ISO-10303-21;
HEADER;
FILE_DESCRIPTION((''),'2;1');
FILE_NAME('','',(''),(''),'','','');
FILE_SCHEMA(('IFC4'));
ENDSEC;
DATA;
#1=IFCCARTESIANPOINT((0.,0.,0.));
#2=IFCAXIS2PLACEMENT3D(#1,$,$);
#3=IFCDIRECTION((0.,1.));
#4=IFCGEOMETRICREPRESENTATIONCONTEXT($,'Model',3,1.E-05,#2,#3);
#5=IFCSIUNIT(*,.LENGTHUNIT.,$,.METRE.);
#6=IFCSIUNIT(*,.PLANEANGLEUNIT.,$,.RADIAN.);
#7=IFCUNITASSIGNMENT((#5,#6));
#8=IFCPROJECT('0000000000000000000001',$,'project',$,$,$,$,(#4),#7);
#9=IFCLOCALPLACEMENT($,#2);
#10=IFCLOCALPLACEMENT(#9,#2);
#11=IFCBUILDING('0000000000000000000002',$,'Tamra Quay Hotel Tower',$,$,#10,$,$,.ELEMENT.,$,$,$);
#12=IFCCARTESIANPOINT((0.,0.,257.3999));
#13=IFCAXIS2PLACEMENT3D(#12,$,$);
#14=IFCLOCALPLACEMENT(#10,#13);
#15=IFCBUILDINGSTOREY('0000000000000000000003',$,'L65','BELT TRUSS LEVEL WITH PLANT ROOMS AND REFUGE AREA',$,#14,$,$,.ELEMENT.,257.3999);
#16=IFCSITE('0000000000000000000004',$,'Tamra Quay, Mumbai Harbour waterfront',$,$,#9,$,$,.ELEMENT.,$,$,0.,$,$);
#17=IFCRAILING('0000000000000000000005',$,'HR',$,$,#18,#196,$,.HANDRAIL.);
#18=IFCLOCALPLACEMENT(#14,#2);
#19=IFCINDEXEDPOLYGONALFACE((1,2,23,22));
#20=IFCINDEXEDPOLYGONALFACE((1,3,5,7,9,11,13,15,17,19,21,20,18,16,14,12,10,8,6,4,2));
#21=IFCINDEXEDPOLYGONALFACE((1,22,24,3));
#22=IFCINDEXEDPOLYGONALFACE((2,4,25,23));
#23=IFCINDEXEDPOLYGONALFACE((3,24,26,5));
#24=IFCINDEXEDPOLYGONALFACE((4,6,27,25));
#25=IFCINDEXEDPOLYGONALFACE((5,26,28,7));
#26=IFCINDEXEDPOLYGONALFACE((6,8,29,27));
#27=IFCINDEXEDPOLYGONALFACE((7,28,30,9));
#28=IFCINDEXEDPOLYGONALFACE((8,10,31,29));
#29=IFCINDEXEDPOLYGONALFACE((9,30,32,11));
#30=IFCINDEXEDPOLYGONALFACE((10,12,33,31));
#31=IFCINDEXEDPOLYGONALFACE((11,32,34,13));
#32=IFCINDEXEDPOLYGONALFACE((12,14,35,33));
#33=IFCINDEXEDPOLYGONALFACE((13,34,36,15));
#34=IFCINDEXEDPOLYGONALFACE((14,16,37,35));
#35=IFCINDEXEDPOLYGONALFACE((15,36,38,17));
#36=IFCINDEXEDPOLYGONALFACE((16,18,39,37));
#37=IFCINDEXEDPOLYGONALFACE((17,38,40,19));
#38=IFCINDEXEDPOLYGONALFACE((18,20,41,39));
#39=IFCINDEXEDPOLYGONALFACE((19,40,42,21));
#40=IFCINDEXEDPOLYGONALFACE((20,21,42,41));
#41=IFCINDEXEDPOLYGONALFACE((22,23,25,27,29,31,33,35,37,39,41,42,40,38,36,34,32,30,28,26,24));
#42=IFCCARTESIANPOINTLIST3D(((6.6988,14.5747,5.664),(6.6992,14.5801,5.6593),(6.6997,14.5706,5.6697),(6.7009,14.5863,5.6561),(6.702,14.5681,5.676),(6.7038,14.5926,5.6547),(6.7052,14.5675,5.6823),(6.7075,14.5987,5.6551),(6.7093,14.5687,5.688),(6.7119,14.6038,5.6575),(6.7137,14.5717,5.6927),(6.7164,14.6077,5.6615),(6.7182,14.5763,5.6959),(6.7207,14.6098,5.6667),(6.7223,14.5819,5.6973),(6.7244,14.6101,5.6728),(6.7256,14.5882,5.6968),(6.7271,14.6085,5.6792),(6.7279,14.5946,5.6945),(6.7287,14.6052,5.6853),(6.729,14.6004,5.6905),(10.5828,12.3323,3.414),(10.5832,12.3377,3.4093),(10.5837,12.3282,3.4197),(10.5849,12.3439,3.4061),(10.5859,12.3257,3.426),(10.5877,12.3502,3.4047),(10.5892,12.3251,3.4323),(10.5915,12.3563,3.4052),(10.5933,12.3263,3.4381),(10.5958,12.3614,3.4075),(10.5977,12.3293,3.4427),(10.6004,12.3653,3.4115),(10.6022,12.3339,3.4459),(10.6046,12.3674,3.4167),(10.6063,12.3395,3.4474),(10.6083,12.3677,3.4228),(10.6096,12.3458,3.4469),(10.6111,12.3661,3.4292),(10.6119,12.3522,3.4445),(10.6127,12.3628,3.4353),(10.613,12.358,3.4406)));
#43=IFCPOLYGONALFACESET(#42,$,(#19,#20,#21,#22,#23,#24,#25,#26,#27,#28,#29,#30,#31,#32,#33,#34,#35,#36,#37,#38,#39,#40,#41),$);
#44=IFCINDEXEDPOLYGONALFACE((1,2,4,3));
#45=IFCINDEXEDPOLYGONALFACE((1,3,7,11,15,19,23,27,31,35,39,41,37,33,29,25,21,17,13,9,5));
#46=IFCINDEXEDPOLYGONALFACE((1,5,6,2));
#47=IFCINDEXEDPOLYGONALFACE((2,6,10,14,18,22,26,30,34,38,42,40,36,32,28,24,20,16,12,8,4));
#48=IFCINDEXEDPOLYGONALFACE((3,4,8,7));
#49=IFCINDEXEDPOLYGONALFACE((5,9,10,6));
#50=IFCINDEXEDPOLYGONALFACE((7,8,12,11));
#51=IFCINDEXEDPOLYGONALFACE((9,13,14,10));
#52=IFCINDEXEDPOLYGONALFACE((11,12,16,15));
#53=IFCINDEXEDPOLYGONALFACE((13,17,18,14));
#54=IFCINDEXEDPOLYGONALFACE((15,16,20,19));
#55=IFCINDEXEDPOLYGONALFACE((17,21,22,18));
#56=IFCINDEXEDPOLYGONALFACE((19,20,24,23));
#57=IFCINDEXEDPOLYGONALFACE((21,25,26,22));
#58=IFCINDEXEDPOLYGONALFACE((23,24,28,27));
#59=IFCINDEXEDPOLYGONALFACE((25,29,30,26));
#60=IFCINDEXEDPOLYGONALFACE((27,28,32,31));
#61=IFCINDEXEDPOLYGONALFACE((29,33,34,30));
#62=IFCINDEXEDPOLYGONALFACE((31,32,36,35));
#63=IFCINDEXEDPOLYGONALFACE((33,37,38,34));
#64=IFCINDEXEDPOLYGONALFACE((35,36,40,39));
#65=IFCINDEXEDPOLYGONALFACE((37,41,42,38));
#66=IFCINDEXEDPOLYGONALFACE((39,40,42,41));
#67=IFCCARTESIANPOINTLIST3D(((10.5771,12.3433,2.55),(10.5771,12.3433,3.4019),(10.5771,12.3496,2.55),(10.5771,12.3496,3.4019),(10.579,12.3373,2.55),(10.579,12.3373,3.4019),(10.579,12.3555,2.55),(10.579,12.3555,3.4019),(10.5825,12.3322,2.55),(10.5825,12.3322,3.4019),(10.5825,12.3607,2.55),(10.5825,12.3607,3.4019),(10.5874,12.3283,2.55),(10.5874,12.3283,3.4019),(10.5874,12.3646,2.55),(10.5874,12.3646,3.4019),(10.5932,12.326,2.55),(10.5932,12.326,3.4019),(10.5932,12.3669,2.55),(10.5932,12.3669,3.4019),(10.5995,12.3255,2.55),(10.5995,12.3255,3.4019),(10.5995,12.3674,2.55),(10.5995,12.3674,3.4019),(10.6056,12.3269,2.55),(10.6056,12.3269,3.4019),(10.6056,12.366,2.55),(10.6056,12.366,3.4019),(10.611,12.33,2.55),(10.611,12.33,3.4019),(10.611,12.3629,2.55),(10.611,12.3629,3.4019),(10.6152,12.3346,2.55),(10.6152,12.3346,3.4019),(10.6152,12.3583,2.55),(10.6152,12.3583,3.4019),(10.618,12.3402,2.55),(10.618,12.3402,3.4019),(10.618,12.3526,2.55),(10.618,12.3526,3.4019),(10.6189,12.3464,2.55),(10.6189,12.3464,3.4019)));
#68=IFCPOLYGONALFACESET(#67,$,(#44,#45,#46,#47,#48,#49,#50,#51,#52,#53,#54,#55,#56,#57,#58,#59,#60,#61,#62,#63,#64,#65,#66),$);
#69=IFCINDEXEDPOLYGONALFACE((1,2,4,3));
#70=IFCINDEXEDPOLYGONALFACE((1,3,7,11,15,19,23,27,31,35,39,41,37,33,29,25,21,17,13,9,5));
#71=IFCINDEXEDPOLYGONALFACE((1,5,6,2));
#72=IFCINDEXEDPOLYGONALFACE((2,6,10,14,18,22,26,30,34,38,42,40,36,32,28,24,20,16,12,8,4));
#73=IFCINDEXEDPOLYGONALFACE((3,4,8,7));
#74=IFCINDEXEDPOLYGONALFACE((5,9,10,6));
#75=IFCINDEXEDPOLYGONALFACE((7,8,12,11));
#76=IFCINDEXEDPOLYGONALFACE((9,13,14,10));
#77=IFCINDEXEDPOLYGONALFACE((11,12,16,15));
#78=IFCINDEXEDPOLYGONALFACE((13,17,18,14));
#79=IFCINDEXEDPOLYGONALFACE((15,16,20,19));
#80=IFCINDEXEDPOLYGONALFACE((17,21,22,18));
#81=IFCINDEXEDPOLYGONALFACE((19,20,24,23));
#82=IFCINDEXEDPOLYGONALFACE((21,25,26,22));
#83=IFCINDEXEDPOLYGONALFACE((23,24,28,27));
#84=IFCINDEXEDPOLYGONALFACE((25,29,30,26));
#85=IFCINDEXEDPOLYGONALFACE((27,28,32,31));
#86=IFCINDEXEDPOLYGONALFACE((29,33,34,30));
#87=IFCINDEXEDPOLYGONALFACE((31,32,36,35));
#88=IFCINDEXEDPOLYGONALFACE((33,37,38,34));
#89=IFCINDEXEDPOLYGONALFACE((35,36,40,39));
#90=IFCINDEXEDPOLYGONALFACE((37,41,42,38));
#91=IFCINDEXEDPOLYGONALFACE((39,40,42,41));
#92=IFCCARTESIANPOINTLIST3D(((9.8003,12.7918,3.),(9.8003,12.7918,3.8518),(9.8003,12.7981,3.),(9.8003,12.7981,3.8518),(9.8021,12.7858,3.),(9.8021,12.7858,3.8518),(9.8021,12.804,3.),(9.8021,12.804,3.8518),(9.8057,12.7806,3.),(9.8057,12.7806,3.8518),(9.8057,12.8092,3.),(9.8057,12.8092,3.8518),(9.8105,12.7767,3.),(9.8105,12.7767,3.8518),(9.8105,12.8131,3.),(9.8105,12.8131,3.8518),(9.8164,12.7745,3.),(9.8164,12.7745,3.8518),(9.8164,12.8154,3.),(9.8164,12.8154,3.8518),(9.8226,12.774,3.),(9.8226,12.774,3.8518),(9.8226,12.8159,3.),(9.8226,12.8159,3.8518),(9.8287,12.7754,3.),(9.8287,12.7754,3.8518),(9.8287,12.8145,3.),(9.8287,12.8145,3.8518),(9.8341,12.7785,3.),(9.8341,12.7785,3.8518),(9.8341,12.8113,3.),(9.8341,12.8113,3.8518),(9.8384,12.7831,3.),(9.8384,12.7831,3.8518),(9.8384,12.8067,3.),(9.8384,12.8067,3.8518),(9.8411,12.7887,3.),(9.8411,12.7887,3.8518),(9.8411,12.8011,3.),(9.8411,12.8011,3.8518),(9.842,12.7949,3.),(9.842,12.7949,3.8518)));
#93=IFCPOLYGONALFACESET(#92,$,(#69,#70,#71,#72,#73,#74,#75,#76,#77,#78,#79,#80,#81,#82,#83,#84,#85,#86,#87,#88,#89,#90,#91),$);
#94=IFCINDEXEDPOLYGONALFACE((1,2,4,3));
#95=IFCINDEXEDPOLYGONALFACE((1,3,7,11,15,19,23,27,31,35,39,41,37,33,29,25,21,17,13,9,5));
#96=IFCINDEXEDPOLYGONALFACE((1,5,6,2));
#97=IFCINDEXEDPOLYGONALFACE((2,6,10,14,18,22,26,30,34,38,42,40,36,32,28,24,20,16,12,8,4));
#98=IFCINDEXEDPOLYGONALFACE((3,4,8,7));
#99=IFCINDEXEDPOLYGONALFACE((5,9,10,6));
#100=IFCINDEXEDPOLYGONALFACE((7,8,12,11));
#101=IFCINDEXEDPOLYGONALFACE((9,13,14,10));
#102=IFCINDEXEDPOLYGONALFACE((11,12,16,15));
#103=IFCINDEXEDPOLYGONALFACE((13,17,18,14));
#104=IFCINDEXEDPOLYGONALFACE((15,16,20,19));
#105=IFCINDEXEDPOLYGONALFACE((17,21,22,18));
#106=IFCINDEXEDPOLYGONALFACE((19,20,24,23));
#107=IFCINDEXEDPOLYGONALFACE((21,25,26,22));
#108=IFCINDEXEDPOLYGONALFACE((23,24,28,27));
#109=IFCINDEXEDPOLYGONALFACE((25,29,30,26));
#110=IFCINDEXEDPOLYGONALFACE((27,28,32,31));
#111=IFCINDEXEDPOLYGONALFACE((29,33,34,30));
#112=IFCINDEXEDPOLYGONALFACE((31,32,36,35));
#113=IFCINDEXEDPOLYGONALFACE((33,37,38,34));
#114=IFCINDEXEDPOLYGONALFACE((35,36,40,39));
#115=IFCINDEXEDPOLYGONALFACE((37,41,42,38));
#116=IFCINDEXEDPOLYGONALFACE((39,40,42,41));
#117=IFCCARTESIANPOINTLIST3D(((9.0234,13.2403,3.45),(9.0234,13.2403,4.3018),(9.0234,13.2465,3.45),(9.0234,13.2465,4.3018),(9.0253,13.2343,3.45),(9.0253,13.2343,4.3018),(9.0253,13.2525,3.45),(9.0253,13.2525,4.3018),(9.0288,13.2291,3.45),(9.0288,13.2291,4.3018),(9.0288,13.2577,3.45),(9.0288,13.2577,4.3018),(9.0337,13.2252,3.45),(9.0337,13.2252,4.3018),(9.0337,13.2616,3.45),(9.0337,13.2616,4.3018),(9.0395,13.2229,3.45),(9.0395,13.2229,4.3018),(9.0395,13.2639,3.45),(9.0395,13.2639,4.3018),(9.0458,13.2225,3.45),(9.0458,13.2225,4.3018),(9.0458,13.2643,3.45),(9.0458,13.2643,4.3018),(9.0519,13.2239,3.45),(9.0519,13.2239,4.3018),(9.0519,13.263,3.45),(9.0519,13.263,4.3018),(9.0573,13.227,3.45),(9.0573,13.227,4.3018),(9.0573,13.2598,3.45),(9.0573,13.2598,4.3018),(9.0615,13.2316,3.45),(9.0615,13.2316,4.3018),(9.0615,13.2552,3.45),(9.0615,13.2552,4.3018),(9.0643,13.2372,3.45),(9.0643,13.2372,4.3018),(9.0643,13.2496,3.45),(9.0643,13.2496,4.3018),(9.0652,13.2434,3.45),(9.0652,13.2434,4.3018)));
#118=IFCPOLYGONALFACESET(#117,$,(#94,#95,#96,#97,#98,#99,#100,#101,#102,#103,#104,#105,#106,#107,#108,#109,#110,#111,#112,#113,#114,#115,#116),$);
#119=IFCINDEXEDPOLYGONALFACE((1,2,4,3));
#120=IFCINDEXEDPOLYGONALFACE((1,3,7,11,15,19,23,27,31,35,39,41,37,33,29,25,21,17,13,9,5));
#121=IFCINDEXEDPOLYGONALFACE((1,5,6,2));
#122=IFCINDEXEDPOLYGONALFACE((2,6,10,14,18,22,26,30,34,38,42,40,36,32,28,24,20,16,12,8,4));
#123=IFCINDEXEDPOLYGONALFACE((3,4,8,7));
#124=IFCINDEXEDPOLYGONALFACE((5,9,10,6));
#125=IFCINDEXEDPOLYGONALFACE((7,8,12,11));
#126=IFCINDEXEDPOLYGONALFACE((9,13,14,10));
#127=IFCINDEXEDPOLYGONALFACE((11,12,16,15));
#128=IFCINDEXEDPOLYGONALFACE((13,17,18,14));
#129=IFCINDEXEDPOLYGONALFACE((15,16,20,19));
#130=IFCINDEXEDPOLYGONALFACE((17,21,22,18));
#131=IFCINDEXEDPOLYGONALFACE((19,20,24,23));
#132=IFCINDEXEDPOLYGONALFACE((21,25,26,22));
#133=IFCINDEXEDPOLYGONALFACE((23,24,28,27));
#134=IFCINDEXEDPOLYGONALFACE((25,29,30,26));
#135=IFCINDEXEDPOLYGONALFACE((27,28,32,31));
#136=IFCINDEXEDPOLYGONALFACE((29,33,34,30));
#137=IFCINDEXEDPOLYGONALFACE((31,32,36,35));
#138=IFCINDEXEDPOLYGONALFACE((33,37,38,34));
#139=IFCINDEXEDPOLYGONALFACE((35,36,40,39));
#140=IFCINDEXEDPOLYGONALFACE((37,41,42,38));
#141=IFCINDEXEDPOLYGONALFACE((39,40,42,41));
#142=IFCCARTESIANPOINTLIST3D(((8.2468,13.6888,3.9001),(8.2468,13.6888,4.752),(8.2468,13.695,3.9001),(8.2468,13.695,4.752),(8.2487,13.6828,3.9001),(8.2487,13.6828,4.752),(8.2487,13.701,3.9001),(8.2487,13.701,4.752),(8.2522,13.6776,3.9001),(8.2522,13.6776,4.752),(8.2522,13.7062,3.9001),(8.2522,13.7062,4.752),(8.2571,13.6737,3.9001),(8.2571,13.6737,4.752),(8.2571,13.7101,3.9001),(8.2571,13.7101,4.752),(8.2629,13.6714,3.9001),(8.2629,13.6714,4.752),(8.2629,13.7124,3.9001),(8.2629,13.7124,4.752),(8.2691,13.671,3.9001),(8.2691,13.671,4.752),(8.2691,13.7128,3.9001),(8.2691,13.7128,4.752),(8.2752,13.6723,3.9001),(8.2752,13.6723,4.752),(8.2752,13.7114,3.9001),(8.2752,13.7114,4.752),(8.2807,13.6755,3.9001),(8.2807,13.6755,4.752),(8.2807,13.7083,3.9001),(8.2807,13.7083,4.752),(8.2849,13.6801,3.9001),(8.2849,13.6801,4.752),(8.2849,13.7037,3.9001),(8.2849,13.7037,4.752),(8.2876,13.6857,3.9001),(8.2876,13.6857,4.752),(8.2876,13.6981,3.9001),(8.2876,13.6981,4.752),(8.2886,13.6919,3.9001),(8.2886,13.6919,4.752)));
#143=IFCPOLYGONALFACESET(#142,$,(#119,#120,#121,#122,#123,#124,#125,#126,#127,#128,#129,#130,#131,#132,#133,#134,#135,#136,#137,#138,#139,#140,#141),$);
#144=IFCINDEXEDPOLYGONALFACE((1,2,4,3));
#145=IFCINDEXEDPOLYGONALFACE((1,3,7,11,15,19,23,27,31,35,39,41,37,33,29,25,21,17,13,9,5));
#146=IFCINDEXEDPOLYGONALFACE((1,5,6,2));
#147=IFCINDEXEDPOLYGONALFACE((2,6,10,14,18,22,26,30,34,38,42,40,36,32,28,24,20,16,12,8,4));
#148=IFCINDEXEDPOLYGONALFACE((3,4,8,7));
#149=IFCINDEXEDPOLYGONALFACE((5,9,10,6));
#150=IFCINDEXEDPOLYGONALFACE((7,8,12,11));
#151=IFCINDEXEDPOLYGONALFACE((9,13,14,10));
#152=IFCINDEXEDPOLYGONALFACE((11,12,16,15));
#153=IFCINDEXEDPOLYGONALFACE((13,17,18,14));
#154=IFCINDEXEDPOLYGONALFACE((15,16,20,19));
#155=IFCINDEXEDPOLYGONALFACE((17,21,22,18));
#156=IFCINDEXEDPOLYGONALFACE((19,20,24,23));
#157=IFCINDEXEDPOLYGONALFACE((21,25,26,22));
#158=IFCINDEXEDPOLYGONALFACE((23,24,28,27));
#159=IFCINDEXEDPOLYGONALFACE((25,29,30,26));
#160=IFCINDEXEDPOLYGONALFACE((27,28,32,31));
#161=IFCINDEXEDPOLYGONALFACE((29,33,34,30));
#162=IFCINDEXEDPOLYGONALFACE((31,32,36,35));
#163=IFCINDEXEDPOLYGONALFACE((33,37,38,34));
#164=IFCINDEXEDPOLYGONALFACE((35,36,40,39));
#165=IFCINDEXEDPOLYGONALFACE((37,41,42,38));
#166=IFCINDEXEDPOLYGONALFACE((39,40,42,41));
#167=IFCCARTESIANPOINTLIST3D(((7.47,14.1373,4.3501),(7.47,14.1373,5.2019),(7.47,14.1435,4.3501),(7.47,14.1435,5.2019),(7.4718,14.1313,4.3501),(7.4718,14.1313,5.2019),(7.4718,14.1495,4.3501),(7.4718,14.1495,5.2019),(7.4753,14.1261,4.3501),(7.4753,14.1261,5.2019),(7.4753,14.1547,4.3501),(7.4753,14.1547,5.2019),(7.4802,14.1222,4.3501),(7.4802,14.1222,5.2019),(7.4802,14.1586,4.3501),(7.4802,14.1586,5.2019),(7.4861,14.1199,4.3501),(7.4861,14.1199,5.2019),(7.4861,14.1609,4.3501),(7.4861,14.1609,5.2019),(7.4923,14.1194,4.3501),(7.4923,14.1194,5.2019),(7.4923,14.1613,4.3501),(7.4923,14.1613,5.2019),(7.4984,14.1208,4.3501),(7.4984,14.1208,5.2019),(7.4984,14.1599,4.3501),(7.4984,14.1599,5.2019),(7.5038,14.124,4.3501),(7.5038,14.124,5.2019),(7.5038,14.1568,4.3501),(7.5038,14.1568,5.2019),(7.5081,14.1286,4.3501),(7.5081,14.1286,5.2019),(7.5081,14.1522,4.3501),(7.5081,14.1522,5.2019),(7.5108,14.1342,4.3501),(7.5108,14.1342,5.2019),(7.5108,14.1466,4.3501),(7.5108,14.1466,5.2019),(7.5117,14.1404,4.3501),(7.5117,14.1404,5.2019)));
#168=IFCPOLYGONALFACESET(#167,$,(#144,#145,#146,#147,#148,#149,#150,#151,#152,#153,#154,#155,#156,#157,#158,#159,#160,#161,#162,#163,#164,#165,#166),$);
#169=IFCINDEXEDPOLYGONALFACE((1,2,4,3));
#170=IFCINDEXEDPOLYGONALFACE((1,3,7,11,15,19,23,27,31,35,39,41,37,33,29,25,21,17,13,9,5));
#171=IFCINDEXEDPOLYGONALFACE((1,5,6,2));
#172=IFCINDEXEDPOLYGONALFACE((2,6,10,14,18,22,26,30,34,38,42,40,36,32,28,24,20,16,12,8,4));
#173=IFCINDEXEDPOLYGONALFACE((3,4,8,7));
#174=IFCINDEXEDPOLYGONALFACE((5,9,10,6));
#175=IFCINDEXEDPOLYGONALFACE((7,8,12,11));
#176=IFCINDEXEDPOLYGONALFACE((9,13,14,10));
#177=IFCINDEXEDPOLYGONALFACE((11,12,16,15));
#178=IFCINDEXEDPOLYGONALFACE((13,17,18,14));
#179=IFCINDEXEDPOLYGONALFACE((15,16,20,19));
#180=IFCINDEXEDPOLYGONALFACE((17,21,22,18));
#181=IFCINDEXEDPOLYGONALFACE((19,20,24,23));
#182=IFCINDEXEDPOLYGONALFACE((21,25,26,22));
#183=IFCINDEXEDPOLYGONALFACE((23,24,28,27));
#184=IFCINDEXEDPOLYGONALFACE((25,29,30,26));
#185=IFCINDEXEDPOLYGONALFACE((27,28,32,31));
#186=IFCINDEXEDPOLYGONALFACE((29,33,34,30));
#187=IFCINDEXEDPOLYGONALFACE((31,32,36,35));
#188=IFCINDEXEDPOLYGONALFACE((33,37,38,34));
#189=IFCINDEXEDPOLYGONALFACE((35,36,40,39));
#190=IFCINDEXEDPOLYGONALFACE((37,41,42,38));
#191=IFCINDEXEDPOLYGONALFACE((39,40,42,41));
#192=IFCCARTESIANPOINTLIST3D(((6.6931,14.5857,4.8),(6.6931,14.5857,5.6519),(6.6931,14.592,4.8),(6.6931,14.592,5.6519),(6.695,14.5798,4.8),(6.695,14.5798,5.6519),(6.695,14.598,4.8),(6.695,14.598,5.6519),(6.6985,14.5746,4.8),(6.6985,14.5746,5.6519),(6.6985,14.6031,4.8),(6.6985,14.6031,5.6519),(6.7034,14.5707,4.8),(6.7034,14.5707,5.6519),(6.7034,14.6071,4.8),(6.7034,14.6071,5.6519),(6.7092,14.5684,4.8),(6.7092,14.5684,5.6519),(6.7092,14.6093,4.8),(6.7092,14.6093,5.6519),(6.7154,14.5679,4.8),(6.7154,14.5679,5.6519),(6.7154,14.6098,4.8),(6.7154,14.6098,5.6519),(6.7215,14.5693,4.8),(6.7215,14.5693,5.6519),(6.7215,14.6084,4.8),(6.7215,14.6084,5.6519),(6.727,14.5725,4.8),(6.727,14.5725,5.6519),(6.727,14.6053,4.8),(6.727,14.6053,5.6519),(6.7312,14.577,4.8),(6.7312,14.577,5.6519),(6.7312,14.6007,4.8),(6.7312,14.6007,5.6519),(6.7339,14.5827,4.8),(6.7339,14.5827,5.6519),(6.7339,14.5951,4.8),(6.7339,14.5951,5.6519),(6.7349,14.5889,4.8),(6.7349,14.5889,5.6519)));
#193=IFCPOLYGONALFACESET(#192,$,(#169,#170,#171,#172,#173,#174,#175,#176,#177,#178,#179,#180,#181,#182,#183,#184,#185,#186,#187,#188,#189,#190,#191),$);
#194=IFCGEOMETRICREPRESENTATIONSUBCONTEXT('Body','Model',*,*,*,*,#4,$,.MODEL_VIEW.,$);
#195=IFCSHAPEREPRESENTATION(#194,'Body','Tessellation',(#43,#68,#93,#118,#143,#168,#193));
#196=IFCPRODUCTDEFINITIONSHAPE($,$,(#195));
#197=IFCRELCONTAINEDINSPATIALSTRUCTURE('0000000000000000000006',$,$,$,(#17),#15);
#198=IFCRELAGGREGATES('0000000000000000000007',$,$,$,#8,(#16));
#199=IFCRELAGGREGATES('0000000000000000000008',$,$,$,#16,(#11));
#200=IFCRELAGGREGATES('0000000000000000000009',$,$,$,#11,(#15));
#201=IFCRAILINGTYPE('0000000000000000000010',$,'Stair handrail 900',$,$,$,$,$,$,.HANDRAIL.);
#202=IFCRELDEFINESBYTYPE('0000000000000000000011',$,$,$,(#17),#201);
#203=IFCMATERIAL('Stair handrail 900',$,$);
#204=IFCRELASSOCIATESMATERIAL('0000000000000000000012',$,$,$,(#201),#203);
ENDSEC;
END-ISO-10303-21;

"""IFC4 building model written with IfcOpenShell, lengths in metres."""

from ifc_helpers import new_model, si_unit, direction, frame, origin, origin_2d, place, context, subcontext, project, spatial, circle, extrude, material, type_object, element, save


model = new_model("IFC4")

# Units and contexts
model_context = context("Model", 3, precision=1e-05, world=origin(), true_north=direction((0.0, 1.0)))
body_context = subcontext(model_context, "Body", "Model", "MODEL_VIEW")
ifc_project = project(units=[si_unit("LENGTHUNIT", "METRE"), si_unit("PLANEANGLEUNIT", "RADIAN")], contexts=[model_context])

# Site, building, storey
site_placement = place(None, origin())
site = spatial("IfcSite", under=ifc_project, at=site_placement, Name="Tamra Quay, Mumbai Harbour waterfront", CompositionType="ELEMENT", RefElevation=0.0)
building_placement = place(site_placement, origin())
building = spatial("IfcBuilding", under=site, at=building_placement, Name="Tamra Quay Hotel Tower", CompositionType="ELEMENT")
storey_placement = place(building_placement, frame((0.0, 0.0, 257.3999)))
storey = spatial("IfcBuildingStorey", under=building, at=storey_placement, Name="L65", Description="BELT TRUSS LEVEL WITH PLANT ROOMS AND REFUGE AREA", CompositionType="ELEMENT", Elevation=257.3999)

# Railing
ifc_material_1 = material(Name="Stair handrail 900")
railing_type_1 = type_object("IfcRailingType", Name="Stair handrail 900", PredefinedType="HANDRAIL", material=ifc_material_1)
railing_1_placement = place(storey_placement, frame((10.5979, 12.3464, 2.55)))
element("IfcRailing", 1, at=railing_1_placement, inside=storey, type_object=railing_type_1, Name="HR", PredefinedType="HANDRAIL", context=body_context, shape_type="SweptSolid", body=[
    extrude(circle(Radius=0.0239, at=origin_2d()), frame((0.0, 0.0, 0.876), z_axis=(-0.774076, 0.44691, 0.448418), x_axis=(-0.499997, -0.866027, 0.0)), (0.0, 0.0, 1.0), 5.0176),
    extrude(circle(Radius=0.021, at=origin_2d()), origin(), (0.0, 0.0, 1.0), 0.8518),
    extrude(circle(Radius=0.021, at=origin_2d()), frame((-0.7769, 0.4485, 0.45)), (0.0, 0.0, 1.0), 0.8518),
    extrude(circle(Radius=0.021, at=origin_2d()), frame((-1.5537, 0.897, 0.8999)), (0.0, 0.0, 1.0), 0.8518),
    extrude(circle(Radius=0.021, at=origin_2d()), frame((-2.3303, 1.3455, 1.3501)), (0.0, 0.0, 1.0), 0.8518),
    extrude(circle(Radius=0.021, at=origin_2d()), frame((-3.1072, 1.7939, 1.8)), (0.0, 0.0, 1.0), 0.8518),
    extrude(circle(Radius=0.021, at=origin_2d()), frame((-3.884, 2.2424, 2.25)), (0.0, 0.0, 1.0), 0.8518),
])

save(model, "model.ifc")
